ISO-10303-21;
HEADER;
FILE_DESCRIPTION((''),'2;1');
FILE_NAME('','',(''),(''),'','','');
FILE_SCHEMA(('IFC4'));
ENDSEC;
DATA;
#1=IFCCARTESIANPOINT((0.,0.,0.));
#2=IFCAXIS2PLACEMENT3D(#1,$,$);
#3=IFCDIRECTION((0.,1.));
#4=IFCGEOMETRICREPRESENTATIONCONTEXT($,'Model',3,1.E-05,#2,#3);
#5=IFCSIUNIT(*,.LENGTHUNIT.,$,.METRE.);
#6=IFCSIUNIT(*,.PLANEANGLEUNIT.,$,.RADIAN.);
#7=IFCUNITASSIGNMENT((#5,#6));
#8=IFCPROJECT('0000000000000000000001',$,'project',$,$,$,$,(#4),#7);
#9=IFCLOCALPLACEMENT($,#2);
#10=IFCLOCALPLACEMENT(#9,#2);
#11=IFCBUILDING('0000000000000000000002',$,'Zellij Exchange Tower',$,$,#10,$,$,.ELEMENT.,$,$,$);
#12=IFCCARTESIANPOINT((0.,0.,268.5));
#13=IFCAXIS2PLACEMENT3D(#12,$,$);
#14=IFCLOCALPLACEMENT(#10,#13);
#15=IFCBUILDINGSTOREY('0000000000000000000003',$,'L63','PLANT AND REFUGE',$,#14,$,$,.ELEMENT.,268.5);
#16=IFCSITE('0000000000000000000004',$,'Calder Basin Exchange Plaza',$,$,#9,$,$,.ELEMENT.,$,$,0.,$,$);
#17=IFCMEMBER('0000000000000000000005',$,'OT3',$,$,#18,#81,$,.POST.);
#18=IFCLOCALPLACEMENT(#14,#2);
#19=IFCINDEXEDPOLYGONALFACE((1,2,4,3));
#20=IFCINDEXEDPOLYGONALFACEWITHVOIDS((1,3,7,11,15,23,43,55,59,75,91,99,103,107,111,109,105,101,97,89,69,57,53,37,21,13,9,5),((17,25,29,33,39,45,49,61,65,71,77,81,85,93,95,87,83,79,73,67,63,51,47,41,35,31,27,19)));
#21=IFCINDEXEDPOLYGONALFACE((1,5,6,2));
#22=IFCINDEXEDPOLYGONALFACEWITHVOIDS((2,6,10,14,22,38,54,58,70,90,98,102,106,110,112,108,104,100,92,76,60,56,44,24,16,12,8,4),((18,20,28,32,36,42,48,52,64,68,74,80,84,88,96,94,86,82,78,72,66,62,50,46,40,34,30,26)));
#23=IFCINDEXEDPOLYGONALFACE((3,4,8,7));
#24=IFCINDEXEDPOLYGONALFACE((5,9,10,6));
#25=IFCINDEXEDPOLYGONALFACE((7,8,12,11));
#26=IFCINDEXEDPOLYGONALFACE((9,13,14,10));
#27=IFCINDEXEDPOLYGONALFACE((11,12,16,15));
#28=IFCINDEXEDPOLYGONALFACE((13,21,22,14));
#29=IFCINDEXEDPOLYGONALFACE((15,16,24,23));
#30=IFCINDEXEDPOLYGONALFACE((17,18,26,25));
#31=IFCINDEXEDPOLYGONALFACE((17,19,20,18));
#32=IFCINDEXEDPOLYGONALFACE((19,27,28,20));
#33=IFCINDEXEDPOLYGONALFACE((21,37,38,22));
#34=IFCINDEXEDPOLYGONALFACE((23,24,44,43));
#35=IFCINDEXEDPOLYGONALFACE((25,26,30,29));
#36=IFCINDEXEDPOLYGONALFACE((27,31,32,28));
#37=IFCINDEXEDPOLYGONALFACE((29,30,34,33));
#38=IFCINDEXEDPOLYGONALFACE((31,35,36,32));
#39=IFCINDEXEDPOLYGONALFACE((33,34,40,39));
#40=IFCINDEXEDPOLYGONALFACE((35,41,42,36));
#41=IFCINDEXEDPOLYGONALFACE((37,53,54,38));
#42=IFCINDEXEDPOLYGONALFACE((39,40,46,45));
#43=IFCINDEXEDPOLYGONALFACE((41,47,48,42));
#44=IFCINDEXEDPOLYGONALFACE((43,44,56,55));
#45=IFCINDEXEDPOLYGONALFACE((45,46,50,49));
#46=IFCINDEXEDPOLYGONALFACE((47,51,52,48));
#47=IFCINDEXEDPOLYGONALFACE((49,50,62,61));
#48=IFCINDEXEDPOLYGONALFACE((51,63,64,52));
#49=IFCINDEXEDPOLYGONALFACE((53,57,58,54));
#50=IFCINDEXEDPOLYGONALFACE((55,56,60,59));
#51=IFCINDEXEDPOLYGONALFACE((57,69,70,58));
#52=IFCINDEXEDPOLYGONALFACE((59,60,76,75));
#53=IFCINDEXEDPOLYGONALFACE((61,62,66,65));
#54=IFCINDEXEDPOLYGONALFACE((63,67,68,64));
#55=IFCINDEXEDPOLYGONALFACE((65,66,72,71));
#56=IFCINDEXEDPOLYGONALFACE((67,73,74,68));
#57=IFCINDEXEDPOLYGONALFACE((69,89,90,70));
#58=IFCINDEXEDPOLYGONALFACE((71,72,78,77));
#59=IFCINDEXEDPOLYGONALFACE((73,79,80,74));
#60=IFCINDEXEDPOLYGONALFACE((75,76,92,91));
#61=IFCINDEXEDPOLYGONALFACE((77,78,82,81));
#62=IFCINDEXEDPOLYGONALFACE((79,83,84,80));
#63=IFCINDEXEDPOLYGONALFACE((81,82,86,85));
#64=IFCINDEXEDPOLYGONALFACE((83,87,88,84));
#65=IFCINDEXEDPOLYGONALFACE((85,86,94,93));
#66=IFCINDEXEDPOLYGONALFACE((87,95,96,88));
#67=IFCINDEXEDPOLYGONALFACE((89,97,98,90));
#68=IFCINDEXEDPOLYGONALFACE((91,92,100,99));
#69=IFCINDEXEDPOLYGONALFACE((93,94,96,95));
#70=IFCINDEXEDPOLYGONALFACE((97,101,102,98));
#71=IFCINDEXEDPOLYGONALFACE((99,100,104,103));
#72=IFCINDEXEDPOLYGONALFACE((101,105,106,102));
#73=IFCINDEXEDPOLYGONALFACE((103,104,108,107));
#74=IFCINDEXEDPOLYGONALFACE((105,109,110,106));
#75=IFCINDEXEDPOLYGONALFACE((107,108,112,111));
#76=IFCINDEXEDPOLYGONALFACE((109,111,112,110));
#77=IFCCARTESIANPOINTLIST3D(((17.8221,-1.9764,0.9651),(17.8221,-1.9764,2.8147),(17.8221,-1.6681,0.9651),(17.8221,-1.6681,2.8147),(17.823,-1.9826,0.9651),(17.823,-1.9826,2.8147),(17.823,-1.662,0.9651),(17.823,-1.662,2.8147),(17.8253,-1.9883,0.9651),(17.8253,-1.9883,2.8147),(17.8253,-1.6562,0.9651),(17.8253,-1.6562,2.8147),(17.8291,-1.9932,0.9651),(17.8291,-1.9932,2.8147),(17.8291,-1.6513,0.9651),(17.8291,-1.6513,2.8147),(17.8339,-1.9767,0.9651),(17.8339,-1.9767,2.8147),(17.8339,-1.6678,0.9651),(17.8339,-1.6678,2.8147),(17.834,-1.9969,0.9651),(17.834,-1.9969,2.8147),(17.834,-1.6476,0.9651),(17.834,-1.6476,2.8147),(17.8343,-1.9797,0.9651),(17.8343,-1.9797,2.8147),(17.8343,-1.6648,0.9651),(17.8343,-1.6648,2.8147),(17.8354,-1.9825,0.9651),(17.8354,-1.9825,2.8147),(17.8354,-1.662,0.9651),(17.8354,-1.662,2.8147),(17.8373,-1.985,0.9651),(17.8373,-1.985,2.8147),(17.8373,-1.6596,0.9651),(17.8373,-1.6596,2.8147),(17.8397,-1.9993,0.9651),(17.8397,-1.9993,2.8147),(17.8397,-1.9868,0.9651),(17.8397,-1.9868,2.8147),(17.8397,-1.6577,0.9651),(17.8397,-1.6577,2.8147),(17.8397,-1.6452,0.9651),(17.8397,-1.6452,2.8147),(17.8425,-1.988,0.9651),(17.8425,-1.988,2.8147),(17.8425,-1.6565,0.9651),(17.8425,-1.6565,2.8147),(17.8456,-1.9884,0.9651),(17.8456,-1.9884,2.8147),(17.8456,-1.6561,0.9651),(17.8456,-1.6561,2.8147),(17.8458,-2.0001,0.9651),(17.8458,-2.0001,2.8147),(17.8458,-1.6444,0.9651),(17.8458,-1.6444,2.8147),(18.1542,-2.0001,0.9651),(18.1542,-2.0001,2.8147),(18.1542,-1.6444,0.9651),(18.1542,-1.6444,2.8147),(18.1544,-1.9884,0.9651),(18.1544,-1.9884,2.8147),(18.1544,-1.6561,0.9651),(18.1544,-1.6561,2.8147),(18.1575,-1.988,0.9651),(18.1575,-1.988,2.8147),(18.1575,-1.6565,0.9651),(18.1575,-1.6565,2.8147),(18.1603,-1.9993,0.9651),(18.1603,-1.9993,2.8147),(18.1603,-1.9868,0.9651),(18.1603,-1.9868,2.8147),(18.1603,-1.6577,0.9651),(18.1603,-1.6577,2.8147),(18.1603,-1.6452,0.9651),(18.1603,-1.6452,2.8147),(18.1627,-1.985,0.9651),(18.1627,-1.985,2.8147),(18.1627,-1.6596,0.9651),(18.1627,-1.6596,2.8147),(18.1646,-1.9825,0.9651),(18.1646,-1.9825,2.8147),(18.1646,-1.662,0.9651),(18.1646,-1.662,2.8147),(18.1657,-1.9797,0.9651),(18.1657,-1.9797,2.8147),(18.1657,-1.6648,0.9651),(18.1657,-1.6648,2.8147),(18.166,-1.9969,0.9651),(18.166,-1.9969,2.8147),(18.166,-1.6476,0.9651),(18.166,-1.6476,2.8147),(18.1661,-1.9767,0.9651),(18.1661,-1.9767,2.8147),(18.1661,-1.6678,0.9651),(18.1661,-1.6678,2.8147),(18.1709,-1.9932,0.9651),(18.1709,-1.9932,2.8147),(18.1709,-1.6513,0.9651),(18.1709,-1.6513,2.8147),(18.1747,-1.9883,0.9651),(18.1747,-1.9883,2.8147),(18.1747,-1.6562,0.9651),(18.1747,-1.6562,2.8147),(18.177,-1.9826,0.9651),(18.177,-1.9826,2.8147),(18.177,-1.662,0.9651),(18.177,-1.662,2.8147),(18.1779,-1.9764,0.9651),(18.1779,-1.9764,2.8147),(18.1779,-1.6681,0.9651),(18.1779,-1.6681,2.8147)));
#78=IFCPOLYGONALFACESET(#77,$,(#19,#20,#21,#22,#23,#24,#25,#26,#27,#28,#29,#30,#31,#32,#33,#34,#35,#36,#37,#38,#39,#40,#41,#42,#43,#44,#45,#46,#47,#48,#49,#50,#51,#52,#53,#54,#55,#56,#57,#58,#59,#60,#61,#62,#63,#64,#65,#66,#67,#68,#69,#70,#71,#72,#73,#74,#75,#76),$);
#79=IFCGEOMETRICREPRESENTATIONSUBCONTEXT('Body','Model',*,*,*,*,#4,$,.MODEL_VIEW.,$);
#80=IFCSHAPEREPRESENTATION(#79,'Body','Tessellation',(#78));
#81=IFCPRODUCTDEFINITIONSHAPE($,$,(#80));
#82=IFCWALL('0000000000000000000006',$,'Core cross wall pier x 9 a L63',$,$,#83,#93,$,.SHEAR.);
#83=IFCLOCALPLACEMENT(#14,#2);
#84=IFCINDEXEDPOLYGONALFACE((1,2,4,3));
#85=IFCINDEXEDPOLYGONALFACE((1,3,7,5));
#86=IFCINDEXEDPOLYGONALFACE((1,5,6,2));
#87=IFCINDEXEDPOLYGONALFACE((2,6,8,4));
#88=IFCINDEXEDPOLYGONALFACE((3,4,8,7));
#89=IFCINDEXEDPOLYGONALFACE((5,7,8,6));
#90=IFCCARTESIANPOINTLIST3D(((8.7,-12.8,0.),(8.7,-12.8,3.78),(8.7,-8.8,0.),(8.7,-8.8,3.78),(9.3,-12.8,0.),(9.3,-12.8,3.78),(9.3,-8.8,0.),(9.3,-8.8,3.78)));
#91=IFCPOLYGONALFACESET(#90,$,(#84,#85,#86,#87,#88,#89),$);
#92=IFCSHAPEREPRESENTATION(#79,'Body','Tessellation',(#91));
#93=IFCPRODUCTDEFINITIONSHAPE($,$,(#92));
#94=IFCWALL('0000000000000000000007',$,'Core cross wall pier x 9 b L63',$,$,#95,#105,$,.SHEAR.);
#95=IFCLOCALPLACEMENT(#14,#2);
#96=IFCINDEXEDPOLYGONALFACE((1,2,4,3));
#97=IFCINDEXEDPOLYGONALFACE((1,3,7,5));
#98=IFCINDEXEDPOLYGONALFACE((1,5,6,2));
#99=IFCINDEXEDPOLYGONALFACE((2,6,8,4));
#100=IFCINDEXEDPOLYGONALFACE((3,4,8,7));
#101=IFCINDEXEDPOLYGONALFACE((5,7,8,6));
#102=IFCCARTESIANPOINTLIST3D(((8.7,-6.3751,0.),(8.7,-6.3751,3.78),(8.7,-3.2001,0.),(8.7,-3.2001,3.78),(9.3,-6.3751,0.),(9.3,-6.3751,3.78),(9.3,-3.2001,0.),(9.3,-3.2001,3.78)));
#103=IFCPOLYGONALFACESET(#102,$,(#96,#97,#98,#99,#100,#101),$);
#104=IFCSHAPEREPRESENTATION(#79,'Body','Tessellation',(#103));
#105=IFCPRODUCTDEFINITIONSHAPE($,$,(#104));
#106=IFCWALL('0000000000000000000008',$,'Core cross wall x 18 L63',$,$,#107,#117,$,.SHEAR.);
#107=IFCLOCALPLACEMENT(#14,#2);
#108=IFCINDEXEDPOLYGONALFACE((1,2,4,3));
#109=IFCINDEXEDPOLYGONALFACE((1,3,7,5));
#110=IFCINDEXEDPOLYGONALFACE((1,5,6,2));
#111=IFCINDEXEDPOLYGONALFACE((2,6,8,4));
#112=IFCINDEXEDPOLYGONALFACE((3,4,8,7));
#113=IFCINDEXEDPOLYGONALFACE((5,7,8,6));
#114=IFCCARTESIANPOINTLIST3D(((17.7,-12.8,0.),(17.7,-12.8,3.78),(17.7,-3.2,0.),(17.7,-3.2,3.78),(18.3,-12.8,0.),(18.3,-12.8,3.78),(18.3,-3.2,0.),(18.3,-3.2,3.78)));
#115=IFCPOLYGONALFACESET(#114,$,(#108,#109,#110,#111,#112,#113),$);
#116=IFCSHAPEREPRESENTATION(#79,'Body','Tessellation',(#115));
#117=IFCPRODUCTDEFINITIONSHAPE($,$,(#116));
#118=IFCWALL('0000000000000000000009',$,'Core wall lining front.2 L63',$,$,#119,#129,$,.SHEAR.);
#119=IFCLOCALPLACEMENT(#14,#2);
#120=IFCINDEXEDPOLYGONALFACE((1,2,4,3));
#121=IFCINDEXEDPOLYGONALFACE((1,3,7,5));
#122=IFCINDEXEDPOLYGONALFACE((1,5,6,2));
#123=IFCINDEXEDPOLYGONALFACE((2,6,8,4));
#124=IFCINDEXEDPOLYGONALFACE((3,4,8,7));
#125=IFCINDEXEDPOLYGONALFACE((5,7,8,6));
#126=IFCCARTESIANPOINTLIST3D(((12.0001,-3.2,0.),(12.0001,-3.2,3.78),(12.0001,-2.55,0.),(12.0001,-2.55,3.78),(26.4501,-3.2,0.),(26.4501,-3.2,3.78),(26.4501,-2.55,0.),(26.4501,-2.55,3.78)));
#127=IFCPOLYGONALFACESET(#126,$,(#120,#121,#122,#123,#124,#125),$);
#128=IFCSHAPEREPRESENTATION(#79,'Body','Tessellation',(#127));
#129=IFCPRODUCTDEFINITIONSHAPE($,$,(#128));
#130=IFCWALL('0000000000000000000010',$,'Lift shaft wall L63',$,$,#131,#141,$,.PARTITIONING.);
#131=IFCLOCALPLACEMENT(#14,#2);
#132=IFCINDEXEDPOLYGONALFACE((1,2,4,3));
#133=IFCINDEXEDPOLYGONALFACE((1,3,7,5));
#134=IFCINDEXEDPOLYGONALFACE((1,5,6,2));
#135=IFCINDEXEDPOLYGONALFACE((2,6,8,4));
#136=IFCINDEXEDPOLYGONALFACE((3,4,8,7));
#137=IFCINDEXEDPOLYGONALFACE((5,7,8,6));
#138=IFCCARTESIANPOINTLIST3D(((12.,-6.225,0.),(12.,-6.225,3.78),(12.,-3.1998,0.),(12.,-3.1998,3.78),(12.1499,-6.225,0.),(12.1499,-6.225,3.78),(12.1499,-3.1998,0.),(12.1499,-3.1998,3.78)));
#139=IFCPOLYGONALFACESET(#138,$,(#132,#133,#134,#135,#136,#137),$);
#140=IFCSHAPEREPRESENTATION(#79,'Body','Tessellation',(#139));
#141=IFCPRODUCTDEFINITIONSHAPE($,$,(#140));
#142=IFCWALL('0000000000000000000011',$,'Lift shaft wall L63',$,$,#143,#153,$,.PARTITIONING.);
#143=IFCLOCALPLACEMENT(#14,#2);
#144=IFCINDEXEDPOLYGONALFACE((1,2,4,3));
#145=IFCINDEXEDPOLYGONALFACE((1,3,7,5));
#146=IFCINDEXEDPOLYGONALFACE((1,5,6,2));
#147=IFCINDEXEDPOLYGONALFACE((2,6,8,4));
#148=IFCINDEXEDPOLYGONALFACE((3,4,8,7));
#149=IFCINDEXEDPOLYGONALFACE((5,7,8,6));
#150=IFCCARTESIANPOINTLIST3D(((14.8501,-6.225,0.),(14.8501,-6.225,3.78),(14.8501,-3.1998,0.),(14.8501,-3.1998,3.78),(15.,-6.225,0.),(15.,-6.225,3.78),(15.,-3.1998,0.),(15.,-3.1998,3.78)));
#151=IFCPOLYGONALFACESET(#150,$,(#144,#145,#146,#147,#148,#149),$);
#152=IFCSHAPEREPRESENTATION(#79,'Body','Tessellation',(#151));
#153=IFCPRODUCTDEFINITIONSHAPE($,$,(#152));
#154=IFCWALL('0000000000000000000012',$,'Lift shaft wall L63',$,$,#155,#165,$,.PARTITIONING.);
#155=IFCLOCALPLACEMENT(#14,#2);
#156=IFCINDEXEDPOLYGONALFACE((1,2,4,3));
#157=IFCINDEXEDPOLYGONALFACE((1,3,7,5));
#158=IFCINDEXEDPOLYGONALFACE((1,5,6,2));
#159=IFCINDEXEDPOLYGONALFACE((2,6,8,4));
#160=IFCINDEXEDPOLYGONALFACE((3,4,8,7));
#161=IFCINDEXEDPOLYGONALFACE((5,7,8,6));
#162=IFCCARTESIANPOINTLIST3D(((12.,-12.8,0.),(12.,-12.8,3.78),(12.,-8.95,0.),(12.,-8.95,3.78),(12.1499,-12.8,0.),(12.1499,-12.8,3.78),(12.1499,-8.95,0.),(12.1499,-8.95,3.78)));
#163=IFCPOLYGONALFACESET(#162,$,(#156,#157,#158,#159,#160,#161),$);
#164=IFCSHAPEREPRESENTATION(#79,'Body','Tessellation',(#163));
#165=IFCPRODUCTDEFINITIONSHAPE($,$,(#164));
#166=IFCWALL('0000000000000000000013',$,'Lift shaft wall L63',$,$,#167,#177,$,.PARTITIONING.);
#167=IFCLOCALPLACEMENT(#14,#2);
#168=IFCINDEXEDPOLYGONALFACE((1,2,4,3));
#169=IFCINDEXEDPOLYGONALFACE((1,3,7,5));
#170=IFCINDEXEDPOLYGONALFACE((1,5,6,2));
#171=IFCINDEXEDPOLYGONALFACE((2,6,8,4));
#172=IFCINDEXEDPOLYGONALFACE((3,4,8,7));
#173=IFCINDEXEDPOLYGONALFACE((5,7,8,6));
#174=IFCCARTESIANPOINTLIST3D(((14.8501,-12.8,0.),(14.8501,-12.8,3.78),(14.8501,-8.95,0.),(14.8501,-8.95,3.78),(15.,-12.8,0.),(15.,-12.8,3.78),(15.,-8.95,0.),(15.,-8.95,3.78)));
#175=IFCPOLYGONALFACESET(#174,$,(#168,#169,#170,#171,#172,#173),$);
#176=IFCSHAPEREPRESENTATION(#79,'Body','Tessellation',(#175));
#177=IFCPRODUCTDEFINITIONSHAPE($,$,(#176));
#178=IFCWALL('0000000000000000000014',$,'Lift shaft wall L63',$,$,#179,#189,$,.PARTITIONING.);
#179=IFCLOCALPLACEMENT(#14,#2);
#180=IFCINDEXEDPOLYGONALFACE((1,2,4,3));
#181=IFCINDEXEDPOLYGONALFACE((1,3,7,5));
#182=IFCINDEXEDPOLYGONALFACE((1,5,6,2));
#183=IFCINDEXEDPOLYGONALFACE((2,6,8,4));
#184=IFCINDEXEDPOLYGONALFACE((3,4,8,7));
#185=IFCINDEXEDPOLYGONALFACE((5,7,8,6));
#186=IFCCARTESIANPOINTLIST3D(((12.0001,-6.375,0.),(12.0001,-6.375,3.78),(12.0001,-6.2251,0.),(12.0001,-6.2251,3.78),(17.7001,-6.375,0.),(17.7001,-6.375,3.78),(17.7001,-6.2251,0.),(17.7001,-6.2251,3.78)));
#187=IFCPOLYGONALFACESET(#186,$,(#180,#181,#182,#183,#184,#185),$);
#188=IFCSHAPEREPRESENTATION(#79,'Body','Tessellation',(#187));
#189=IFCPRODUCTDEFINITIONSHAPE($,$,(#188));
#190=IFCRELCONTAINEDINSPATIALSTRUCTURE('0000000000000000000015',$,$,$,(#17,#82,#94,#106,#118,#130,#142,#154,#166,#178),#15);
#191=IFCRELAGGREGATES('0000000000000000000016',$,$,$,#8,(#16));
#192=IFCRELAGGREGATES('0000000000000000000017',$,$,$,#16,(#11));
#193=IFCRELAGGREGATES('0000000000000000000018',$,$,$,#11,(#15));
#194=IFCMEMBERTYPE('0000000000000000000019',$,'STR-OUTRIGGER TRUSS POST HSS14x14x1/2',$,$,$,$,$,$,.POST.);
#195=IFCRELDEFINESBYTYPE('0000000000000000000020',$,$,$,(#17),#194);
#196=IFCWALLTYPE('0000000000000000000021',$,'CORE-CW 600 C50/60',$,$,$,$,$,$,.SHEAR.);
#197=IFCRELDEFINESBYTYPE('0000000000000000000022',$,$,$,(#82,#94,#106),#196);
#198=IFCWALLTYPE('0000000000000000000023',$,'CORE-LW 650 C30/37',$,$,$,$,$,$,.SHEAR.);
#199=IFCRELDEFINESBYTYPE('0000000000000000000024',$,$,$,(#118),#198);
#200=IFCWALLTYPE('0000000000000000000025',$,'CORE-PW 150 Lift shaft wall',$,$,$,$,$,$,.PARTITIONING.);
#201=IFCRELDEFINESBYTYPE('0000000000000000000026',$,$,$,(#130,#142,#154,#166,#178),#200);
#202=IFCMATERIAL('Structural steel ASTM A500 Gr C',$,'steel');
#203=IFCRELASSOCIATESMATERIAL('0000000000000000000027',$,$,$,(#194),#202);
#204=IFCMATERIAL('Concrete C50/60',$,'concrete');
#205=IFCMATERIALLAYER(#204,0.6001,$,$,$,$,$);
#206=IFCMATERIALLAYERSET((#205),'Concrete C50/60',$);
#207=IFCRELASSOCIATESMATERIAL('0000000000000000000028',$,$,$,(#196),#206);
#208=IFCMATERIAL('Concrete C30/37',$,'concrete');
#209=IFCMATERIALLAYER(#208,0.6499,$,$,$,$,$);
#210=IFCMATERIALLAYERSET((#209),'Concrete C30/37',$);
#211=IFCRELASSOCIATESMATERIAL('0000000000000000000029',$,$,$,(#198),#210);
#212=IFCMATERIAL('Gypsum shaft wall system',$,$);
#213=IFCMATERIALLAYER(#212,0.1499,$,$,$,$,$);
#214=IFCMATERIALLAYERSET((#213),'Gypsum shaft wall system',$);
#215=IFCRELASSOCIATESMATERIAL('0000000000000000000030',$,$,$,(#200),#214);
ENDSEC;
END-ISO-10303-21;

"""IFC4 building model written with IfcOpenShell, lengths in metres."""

from ifc_helpers import new_model, si_unit, direction, frame, frame_2d, origin, origin_2d, place, context, subcontext, project, spatial, rectangle, hollow_rectangle, extrude, material, layer, layer_set, material_profile, profile_set, type_object, element, save


model = new_model("IFC4")

# Units and contexts
model_context = context("Model", 3, precision=1e-05, world=origin(), true_north=direction((0.0, 1.0)))
body_context = subcontext(model_context, "Body", "Model", "MODEL_VIEW")
ifc_project = project(units=[si_unit("LENGTHUNIT", "METRE"), si_unit("PLANEANGLEUNIT", "RADIAN")], contexts=[model_context])

# Site, building, storey
site_placement = place(None, origin())
site = spatial("IfcSite", under=ifc_project, at=site_placement, Name="Calder Basin Exchange Plaza", CompositionType="ELEMENT", RefElevation=0.0)
building_placement = place(site_placement, origin())
building = spatial("IfcBuilding", under=site, at=building_placement, Name="Zellij Exchange Tower", CompositionType="ELEMENT")
storey_placement = place(building_placement, frame((0.0, 0.0, 268.5)))
storey = spatial("IfcBuildingStorey", under=building, at=storey_placement, Name="L63", Description="PLANT AND REFUGE", CompositionType="ELEMENT", Elevation=268.5)

# Shared definitions
ifc_material_1 = material(Name="Concrete C50/60", Category="concrete")

# Member
ifc_material_2 = material(Name="Structural steel ASTM A500 Gr C", Category="steel")
ifc_material_profile_1 = material_profile(ifc_material_2, hollow_rectangle(XDim=0.3557, YDim=0.3557, WallThickness=0.0117, InnerFilletRadius=0.0117, OuterFilletRadius=0.0237, at=origin_2d()), Name="STR-OUTRIGGER TRUSS POST HSS14x14x1/2")
ifc_profile_set_1 = profile_set([ifc_material_profile_1], Name="Structural steel ASTM A500 Gr C")
member_type_1 = type_object("IfcMemberType", Name="STR-OUTRIGGER TRUSS POST HSS14x14x1/2", PredefinedType="POST", material=ifc_profile_set_1)
for number, where, z_axis, x_axis, name in (
    (1, (18.0, -1.8223, 0.9651), (0.0, 0.0, 1.0), (1.0, 0.0, 0.0), "OT3"),
):
    element("IfcMember", number, at=place(storey_placement, frame(where, z_axis=z_axis, x_axis=x_axis)), inside=storey, type_object=member_type_1, Name=name, PredefinedType="POST", context=body_context, shape_type="SweptSolid", body=[
        extrude(hollow_rectangle(XDim=0.3557, YDim=0.3557, WallThickness=0.0117, InnerFilletRadius=0.0117, OuterFilletRadius=0.0237, at=origin_2d()), origin(), (0.0, 0.0, 1.0), 1.8496),
    ])

# Walls
ifc_layer_1 = layer(ifc_material_1, 0.6001)
ifc_layer_set_1 = layer_set([ifc_layer_1], Name="Concrete C50/60")
wall_type_1 = type_object("IfcWallType", Name="CORE-CW 600 C50/60", PredefinedType="SHEAR", material=ifc_layer_set_1)
wall_1_placement = place(storey_placement, frame((9.0, -12.8, 0.0), z_axis=(0.0, 0.0, 1.0), x_axis=(0.0, 1.0, 0.0)))
element("IfcWall", 2, at=wall_1_placement, inside=storey, type_object=wall_type_1, Name="Core cross wall pier x 9 a L63", PredefinedType="SHEAR", context=body_context, shape_type="SweptSolid", body=[
    extrude(rectangle(XDim=4.0, YDim=0.6001, at=frame_2d((2.0, 0.0))), origin(), (0.0, 0.0, 1.0), 3.78),
])
wall_2_placement = place(storey_placement, frame((9.0, -6.375, 0.0), z_axis=(0.0, 0.0, 1.0), x_axis=(0.0, 1.0, 0.0)))
element("IfcWall", 3, at=wall_2_placement, inside=storey, type_object=wall_type_1, Name="Core cross wall pier x 9 b L63", PredefinedType="SHEAR", context=body_context, shape_type="SweptSolid", body=[
    extrude(rectangle(XDim=3.175, YDim=0.6001, at=frame_2d((1.5874, 0.0))), origin(), (0.0, 0.0, 1.0), 3.78),
])
wall_3_placement = place(storey_placement, frame((18.0, -12.8, 0.0), z_axis=(0.0, 0.0, 1.0), x_axis=(0.0, 1.0, 0.0)))
element("IfcWall", 4, at=wall_3_placement, inside=storey, type_object=wall_type_1, Name="Core cross wall x 18 L63", PredefinedType="SHEAR", context=body_context, shape_type="SweptSolid", body=[
    extrude(rectangle(XDim=9.6001, YDim=0.6001, at=frame_2d((4.8, 0.0))), origin(), (0.0, 0.0, 1.0), 3.78),
])
ifc_material_3 = material(Name="Concrete C30/37", Category="concrete")
ifc_layer_2 = layer(ifc_material_3, 0.6499)
ifc_layer_set_2 = layer_set([ifc_layer_2], Name="Concrete C30/37")
wall_type_2 = type_object("IfcWallType", Name="CORE-LW 650 C30/37", PredefinedType="SHEAR", material=ifc_layer_set_2)
wall_4_placement = place(storey_placement, frame((12.0, -2.875, 0.0), z_axis=(0.0, 0.0, 1.0), x_axis=(1.0, 0.0, 0.0)))
element("IfcWall", 5, at=wall_4_placement, inside=storey, type_object=wall_type_2, Name="Core wall lining front.2 L63", PredefinedType="SHEAR", context=body_context, shape_type="SweptSolid", body=[
    extrude(rectangle(XDim=14.45, YDim=0.6499, at=frame_2d((7.2251, 0.0))), origin(), (0.0, 0.0, 1.0), 3.78),
])
ifc_material_4 = material(Name="Gypsum shaft wall system")
ifc_layer_3 = layer(ifc_material_4, 0.1499)
ifc_layer_set_3 = layer_set([ifc_layer_3], Name="Gypsum shaft wall system")
wall_type_3 = type_object("IfcWallType", Name="CORE-PW 150 Lift shaft wall", PredefinedType="PARTITIONING", material=ifc_layer_set_3)
for number, where, z_axis, x_axis, name in (
    (6, (12.075, -6.2251, 0.0), (0.0, 0.0, 1.0), (0.0, 1.0, 0.0), "Lift shaft wall L63"),
    (7, (14.925, -6.2251, 0.0), (0.0, 0.0, 1.0), (0.0, 1.0, 0.0), "Lift shaft wall L63"),
):
    element("IfcWall", number, at=place(storey_placement, frame(where, z_axis=z_axis, x_axis=x_axis)), inside=storey, type_object=wall_type_3, Name=name, PredefinedType="PARTITIONING", context=body_context, shape_type="SweptSolid", body=[
        extrude(rectangle(XDim=3.0251, YDim=0.1499, at=frame_2d((1.5127, 0.0))), origin(), (0.0, 0.0, 1.0), 3.78),
    ])
for number, where, z_axis, x_axis, name in (
    (8, (12.075, -12.8, 0.0), (0.0, 0.0, 1.0), (0.0, 1.0, 0.0), "Lift shaft wall L63"),
    (9, (14.925, -12.8, 0.0), (0.0, 0.0, 1.0), (0.0, 1.0, 0.0), "Lift shaft wall L63"),
):
    element("IfcWall", number, at=place(storey_placement, frame(where, z_axis=z_axis, x_axis=x_axis)), inside=storey, type_object=wall_type_3, Name=name, PredefinedType="PARTITIONING", context=body_context, shape_type="SweptSolid", body=[
        extrude(rectangle(XDim=3.8501, YDim=0.1499, at=frame_2d((1.925, 0.0))), origin(), (0.0, 0.0, 1.0), 3.78),
    ])
wall_5_placement = place(storey_placement, frame((12.0, -6.3, 0.0), z_axis=(0.0, 0.0, 1.0), x_axis=(1.0, 0.0, 0.0)))
element("IfcWall", 10, at=wall_5_placement, inside=storey, type_object=wall_type_3, Name="Lift shaft wall L63", PredefinedType="PARTITIONING", context=body_context, shape_type="SweptSolid", body=[
    extrude(rectangle(XDim=5.7, YDim=0.1499, at=frame_2d((2.8501, 0.0))), origin(), (0.0, 0.0, 1.0), 3.78),
])

save(model, "model.ifc")
